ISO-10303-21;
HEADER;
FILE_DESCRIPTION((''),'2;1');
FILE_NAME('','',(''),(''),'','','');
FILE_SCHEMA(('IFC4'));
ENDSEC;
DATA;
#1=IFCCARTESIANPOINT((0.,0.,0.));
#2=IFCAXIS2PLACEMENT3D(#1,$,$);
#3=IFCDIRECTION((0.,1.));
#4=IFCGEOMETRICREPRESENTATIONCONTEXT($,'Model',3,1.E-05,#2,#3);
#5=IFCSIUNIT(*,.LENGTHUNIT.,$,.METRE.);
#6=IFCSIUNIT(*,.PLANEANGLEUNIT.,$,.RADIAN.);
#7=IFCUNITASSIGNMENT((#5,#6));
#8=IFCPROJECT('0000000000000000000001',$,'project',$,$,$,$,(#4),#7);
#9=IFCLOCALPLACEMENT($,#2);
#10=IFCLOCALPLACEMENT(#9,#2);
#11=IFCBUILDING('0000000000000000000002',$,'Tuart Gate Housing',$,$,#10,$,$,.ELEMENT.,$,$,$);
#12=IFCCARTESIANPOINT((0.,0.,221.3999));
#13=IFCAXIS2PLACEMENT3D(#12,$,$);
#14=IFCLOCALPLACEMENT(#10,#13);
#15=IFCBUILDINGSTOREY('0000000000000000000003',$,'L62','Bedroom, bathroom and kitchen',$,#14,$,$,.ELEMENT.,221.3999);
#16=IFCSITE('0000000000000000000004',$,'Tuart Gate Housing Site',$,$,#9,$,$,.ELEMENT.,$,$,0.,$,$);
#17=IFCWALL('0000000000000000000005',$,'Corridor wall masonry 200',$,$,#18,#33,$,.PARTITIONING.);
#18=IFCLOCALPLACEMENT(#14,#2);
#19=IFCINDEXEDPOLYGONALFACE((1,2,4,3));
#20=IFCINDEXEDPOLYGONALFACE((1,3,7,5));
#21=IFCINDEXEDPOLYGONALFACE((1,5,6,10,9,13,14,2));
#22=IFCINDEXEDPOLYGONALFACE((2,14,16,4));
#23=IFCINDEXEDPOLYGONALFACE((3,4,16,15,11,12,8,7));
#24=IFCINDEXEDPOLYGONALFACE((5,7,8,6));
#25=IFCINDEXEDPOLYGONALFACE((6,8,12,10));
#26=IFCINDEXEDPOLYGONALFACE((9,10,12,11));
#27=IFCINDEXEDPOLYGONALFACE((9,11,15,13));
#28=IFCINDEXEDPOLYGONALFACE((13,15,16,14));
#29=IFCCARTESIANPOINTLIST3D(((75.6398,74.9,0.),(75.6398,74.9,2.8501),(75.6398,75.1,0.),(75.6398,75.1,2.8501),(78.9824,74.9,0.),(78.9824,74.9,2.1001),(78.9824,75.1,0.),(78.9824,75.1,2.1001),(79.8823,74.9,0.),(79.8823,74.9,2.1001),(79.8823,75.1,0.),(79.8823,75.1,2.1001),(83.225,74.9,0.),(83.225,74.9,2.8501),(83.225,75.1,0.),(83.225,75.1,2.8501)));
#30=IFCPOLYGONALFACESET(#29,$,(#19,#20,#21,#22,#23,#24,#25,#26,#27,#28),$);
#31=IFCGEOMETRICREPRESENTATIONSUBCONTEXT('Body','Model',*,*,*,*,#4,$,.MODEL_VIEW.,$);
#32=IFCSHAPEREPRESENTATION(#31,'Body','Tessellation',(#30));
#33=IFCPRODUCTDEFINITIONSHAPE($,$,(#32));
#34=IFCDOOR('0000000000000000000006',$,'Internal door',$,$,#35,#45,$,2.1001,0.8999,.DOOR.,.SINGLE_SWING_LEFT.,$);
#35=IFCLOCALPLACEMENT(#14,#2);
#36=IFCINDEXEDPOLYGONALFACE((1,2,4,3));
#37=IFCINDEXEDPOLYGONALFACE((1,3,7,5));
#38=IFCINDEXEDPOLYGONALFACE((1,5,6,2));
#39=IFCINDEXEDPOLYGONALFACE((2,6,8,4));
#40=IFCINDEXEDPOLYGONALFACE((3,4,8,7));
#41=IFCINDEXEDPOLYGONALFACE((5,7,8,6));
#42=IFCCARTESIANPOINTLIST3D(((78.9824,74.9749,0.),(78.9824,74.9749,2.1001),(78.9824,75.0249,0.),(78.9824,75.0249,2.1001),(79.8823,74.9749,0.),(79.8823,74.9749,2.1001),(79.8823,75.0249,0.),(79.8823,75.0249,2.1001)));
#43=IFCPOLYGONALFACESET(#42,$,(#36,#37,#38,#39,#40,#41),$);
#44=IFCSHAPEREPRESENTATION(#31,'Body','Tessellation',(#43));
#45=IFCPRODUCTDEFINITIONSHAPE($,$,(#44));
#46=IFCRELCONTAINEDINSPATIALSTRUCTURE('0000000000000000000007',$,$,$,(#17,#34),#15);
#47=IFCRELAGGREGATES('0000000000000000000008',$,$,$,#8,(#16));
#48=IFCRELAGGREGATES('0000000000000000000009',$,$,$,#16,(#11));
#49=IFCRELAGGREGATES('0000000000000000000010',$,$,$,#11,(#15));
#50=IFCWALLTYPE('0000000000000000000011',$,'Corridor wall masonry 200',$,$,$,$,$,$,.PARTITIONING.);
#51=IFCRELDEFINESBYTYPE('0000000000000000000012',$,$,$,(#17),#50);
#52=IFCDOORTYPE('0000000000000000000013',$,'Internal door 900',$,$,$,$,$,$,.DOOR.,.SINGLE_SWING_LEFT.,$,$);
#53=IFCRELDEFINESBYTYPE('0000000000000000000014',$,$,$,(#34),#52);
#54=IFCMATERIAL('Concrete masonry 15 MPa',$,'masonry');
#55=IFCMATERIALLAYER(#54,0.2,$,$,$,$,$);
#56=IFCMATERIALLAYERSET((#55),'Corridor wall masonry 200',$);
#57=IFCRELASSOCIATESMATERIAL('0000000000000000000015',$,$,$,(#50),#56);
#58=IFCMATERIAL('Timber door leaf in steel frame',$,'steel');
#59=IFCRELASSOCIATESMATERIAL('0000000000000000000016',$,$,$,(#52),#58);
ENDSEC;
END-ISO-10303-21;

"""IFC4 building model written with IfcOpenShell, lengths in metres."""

from ifc_helpers import new_model, si_unit, direction, frame, frame_2d, origin, place, context, subcontext, project, spatial, rectangle, extrude, material, layer, layer_set, type_object, element, fill, save


model = new_model("IFC4")

# Units and contexts
model_context = context("Model", 3, precision=1e-05, world=origin(), true_north=direction((0.0, 1.0)))
body_context = subcontext(model_context, "Body", "Model", "MODEL_VIEW")
ifc_project = project(units=[si_unit("LENGTHUNIT", "METRE"), si_unit("PLANEANGLEUNIT", "RADIAN")], contexts=[model_context])

# Site, building, storey
site_placement = place(None, origin())
site = spatial("IfcSite", under=ifc_project, at=site_placement, Name="Tuart Gate Housing Site", CompositionType="ELEMENT", RefElevation=0.0)
building_placement = place(site_placement, origin())
building = spatial("IfcBuilding", under=site, at=building_placement, Name="Tuart Gate Housing", CompositionType="ELEMENT")
storey_placement = place(building_placement, frame((0.0, 0.0, 221.3999)))
storey = spatial("IfcBuildingStorey", under=building, at=storey_placement, Name="L62", Description="Bedroom, bathroom and kitchen", CompositionType="ELEMENT", Elevation=221.3999)

# Shared definitions
ifc_material_1 = material(Name="Concrete masonry 15 MPa", Category="masonry")
ifc_layer_1 = layer(ifc_material_1, 0.2)
ifc_layer_set_1 = layer_set([ifc_layer_1], Name="Corridor wall masonry 200")
wall_type_1 = type_object("IfcWallType", Name="Corridor wall masonry 200", PredefinedType="PARTITIONING", material=ifc_layer_set_1)

# Wall, opening, door
wall_1_placement = place(storey_placement, frame((75.6399, 75.0, 0.0), z_axis=(0.0, 0.0, 1.0), x_axis=(1.0, 0.0, 0.0)))
wall_1 = element("IfcWall", 1, at=wall_1_placement, inside=storey, type_object=wall_type_1, Name="Corridor wall masonry 200", PredefinedType="PARTITIONING", context=body_context, shape_type="SweptSolid", body=[
    extrude(rectangle(XDim=7.5852, YDim=0.2, at=frame_2d((3.7925, 0.0))), origin(), (0.0, 0.0, 1.0), 2.8501),
])
opening_1_placement = place(wall_1_placement, frame((3.3425, 0.0, 0.0)))
opening_1 = element("IfcOpeningElement", 2, at=opening_1_placement, cuts=wall_1, PredefinedType="OPENING", context=body_context, shape_type="SweptSolid", body=[
    extrude(rectangle(XDim=0.8999, YDim=2.1001, at=frame_2d((0.45, 1.05))), frame((0.0, 0.1099, 0.0), z_axis=(0.0, -1.0, 0.0), x_axis=(1.0, 0.0, 0.0)), (0.0, 0.0, 1.0), 0.22),
])
ifc_material_2 = material(Name="Timber door leaf in steel frame", Category="steel")
door_type_1 = type_object("IfcDoorType", Name="Internal door 900", OperationType="SINGLE_SWING_LEFT", PredefinedType="DOOR", material=ifc_material_2)
door_1_placement = place(opening_1_placement, origin())
door_1 = element("IfcDoor", 3, at=door_1_placement, inside=storey, type_object=door_type_1, Name="Internal door", OperationType="SINGLE_SWING_LEFT", OverallHeight=2.1001, OverallWidth=0.8999, PredefinedType="DOOR", context=body_context, shape_type="SweptSolid", body=[
    extrude(rectangle(XDim=0.8999, YDim=2.1001, at=frame_2d((0.45, 1.05))), frame((0.0, 0.0249, 0.0), z_axis=(0.0, -1.0, 0.0), x_axis=(1.0, 0.0, 0.0)), (0.0, 0.0, 1.0), 0.05),
])
fill(opening_1, door_1)

save(model, "model.ifc")
